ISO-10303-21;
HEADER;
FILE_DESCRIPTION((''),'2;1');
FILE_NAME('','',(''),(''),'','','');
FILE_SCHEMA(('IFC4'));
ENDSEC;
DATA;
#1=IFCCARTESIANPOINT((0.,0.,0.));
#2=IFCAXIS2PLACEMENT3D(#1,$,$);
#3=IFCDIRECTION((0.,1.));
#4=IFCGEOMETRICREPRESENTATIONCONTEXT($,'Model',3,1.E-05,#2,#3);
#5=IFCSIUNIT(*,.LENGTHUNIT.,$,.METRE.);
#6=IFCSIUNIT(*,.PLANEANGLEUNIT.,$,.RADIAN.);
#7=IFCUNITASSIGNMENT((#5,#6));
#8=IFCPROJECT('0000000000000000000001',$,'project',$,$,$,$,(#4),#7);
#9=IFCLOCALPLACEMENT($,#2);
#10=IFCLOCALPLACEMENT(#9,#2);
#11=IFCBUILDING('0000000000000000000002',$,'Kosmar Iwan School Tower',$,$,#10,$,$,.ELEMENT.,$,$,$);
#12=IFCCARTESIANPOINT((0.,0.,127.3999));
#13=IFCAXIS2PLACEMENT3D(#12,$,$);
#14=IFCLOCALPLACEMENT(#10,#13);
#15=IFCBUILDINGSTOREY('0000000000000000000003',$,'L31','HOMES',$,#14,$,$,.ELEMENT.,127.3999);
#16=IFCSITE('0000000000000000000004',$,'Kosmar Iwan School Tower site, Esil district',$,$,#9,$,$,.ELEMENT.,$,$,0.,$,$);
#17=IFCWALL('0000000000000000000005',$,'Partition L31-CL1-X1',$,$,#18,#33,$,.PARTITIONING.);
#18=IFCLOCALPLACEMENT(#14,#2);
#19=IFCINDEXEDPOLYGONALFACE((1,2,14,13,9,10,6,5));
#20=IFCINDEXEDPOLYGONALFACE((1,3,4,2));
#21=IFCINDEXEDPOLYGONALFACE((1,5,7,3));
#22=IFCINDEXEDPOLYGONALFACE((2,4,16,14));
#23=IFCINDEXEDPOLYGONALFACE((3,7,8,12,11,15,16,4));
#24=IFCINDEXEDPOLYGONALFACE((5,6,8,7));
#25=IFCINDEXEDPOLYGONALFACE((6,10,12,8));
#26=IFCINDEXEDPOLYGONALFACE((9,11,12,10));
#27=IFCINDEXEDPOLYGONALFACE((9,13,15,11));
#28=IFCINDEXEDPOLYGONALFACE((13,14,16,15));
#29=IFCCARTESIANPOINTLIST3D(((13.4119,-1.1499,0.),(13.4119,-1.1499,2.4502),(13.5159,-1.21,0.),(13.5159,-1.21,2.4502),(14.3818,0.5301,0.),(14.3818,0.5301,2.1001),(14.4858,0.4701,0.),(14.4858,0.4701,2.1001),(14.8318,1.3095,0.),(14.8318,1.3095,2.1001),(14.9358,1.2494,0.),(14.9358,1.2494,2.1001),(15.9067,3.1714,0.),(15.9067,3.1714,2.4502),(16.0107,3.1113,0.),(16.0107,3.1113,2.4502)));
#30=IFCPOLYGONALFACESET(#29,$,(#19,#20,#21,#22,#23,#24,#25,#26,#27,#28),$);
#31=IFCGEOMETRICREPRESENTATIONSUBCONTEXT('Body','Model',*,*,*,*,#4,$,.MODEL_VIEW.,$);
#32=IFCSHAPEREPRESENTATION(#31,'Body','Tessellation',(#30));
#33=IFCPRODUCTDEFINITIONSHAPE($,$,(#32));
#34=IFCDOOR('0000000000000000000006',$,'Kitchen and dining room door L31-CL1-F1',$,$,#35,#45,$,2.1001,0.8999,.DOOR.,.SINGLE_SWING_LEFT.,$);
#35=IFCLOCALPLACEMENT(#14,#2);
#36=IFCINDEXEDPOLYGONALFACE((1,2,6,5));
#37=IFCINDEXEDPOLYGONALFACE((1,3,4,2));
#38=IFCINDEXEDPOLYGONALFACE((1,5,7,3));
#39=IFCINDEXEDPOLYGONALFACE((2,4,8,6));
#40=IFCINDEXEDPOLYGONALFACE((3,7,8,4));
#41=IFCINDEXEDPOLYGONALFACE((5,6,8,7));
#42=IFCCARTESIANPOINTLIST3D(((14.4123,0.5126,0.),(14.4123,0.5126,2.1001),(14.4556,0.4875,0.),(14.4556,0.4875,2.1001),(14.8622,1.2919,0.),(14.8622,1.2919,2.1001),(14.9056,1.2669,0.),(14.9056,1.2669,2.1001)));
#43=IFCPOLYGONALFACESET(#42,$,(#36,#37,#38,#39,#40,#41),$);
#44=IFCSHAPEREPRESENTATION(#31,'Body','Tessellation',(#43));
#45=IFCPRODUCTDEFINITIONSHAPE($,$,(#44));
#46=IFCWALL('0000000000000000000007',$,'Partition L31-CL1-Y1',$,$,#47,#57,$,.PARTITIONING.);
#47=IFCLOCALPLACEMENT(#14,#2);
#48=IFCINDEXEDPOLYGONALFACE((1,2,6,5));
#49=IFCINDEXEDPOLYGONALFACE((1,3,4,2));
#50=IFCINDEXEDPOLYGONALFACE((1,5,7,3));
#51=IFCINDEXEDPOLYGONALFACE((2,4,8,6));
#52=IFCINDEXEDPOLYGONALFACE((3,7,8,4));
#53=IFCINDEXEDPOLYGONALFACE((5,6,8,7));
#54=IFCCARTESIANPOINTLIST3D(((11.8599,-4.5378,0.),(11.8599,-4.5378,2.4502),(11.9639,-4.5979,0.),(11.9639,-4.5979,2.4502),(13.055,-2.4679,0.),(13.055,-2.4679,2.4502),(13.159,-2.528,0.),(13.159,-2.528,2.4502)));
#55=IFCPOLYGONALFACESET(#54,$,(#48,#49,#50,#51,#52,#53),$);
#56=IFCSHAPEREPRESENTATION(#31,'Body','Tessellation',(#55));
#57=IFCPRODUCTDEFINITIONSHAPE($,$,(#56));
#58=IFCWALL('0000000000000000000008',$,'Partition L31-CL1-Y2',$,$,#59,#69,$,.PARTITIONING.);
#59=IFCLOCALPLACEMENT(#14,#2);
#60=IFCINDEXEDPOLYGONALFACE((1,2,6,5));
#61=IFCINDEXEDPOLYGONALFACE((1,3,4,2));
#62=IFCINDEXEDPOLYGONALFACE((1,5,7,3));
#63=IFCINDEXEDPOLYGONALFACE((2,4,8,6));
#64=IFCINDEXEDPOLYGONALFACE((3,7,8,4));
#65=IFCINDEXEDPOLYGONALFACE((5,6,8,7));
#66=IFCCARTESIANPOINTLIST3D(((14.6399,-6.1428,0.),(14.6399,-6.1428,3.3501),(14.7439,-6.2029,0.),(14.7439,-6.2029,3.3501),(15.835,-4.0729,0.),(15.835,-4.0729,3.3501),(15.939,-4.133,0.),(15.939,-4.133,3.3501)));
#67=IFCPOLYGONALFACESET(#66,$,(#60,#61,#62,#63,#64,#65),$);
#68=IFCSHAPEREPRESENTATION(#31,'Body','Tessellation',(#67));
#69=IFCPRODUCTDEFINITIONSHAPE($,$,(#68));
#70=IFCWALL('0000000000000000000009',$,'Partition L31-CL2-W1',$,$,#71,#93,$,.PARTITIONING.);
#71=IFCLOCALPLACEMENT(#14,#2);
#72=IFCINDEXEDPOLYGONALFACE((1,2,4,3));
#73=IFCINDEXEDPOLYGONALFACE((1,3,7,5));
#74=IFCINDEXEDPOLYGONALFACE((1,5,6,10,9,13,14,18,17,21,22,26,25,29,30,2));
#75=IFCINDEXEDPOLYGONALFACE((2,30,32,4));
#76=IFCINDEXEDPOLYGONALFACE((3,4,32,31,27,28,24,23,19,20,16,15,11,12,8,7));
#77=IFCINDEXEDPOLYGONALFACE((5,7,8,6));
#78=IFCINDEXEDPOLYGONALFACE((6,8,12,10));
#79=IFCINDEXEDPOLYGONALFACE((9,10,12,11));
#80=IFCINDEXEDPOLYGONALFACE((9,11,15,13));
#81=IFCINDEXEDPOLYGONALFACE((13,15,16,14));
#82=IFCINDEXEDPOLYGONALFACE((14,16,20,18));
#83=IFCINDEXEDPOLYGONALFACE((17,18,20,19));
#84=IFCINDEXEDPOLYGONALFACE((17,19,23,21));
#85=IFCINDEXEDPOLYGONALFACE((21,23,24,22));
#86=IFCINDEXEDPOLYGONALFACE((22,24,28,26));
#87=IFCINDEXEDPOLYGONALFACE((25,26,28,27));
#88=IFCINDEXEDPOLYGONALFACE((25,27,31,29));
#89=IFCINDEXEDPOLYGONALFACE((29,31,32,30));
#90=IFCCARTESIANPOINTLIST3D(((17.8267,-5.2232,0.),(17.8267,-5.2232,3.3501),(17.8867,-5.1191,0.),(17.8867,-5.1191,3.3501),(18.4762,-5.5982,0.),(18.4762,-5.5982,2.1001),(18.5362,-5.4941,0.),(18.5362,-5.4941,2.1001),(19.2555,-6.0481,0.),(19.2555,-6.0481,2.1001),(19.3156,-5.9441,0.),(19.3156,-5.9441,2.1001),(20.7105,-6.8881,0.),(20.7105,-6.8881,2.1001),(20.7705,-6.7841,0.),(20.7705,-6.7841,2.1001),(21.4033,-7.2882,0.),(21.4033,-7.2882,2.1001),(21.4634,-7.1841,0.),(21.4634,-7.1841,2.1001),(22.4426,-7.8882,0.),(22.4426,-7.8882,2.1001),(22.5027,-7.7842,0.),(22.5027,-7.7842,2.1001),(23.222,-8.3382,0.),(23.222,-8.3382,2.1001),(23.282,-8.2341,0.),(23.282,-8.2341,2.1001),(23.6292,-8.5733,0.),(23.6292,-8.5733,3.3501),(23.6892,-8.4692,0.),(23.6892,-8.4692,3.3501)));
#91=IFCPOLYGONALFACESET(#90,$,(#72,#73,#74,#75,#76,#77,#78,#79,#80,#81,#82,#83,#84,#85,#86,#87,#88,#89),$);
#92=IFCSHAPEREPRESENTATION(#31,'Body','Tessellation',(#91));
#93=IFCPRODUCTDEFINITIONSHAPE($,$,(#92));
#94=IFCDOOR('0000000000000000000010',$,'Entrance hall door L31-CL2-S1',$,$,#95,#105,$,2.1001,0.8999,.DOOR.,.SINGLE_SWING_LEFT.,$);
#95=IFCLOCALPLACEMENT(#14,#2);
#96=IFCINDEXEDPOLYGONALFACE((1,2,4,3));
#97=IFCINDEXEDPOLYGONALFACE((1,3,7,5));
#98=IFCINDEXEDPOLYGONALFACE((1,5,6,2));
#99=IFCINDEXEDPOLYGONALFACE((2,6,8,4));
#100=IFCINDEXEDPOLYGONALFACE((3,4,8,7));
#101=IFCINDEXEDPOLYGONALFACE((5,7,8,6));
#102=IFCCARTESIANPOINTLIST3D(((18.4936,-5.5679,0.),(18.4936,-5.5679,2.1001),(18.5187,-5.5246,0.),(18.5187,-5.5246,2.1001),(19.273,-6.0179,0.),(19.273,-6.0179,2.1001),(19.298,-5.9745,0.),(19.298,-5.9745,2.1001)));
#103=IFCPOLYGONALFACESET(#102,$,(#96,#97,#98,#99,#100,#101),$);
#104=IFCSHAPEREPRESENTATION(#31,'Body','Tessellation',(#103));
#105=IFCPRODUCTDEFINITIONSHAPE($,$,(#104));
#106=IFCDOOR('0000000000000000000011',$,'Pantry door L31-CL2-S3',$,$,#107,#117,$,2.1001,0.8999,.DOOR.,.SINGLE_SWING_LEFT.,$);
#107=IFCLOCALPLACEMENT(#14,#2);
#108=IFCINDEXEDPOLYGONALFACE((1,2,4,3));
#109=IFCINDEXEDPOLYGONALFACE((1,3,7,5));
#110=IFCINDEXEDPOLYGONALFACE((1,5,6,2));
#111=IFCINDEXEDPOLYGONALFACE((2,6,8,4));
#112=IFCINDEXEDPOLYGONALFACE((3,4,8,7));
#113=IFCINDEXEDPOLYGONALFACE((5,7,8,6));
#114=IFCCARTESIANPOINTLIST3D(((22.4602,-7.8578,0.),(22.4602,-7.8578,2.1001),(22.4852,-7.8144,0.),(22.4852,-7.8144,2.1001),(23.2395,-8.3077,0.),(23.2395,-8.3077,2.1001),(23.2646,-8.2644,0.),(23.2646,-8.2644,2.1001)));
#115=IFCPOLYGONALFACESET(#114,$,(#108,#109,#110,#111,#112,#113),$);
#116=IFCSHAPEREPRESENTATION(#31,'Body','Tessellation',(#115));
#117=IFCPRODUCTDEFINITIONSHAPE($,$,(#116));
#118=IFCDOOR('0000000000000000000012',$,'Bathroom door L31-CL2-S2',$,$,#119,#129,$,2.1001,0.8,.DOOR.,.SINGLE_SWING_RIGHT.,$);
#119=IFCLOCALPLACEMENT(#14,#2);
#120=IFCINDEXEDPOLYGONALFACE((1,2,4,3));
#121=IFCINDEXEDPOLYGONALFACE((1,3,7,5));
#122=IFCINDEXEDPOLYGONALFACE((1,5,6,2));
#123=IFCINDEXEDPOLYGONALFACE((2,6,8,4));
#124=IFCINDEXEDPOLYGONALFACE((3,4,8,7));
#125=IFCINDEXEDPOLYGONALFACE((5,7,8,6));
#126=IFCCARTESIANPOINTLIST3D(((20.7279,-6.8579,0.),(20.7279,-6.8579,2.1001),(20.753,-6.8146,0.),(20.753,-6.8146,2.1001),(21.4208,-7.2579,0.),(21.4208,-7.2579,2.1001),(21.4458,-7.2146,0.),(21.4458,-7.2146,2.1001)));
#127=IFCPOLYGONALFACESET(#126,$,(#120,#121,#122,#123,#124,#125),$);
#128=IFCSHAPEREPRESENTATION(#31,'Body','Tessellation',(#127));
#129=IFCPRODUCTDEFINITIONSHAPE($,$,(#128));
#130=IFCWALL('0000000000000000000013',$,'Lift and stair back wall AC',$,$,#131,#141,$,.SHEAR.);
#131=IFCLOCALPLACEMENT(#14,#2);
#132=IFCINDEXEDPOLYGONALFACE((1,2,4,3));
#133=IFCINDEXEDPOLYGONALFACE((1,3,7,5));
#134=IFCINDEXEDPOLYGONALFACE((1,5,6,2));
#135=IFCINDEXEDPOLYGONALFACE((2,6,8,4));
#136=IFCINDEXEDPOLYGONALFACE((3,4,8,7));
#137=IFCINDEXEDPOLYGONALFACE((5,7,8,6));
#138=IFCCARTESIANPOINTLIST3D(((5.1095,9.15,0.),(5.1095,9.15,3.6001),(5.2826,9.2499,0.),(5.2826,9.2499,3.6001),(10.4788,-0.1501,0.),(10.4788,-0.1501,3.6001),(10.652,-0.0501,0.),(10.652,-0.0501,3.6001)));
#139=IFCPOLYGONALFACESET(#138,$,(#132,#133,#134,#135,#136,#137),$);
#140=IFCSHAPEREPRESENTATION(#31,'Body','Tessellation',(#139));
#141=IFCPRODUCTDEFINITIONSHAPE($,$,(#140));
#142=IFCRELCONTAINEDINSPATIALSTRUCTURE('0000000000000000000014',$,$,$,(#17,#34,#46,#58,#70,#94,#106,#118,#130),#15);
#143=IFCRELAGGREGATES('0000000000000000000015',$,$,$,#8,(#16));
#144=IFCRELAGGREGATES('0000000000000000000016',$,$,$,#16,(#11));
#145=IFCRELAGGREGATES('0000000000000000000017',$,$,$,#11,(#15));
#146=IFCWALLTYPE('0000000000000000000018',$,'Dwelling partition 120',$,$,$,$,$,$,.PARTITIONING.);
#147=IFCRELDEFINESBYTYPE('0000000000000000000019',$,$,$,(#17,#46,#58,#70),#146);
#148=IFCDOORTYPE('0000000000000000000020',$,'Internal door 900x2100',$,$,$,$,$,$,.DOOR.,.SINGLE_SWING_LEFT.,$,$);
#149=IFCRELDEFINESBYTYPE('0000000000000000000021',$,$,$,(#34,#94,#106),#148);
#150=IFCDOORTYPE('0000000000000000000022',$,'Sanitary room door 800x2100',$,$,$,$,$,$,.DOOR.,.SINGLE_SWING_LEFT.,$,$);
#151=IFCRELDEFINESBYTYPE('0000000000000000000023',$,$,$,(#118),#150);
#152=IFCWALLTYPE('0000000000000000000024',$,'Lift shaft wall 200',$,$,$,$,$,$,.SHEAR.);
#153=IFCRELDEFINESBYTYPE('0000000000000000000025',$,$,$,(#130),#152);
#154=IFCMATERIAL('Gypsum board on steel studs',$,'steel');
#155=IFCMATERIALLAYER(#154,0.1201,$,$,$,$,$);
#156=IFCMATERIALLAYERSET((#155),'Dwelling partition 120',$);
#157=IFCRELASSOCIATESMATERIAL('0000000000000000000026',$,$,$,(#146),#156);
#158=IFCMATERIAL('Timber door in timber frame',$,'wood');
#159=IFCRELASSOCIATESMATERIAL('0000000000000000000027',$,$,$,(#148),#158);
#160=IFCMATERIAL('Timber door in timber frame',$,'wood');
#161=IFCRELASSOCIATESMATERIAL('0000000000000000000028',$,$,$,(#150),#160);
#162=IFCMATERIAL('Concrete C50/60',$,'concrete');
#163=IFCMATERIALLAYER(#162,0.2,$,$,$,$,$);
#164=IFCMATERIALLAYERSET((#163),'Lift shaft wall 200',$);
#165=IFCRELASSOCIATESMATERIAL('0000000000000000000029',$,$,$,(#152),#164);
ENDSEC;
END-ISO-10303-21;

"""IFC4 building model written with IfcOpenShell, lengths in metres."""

from ifc_helpers import new_model, si_unit, direction, frame, frame_2d, origin, place, context, subcontext, project, spatial, rectangle, extrude, material, layer, layer_set, type_object, element, fill, save


model = new_model("IFC4")

# Units and contexts
model_context = context("Model", 3, precision=1e-05, world=origin(), true_north=direction((0.0, 1.0)))
body_context = subcontext(model_context, "Body", "Model", "MODEL_VIEW")
ifc_project = project(units=[si_unit("LENGTHUNIT", "METRE"), si_unit("PLANEANGLEUNIT", "RADIAN")], contexts=[model_context])

# Site, building, storey
site_placement = place(None, origin())
site = spatial("IfcSite", under=ifc_project, at=site_placement, Name="Kosmar Iwan School Tower site, Esil district", CompositionType="ELEMENT", RefElevation=0.0)
building_placement = place(site_placement, origin())
building = spatial("IfcBuilding", under=site, at=building_placement, Name="Kosmar Iwan School Tower", CompositionType="ELEMENT")
storey_placement = place(building_placement, frame((0.0, 0.0, 127.3999)))
storey = spatial("IfcBuildingStorey", under=building, at=storey_placement, Name="L31", Description="HOMES", CompositionType="ELEMENT", Elevation=127.3999)

# Shared definitions
ifc_material_1 = material(Name="Gypsum board on steel studs", Category="steel")
ifc_layer_1 = layer(ifc_material_1, 0.1201)
ifc_layer_set_1 = layer_set([ifc_layer_1], Name="Dwelling partition 120")
wall_type_1 = type_object("IfcWallType", Name="Dwelling partition 120", PredefinedType="PARTITIONING", material=ifc_layer_set_1)
ifc_material_2 = material(Name="Timber door in timber frame", Category="wood")
door_type_1 = type_object("IfcDoorType", Name="Internal door 900x2100", OperationType="SINGLE_SWING_LEFT", PredefinedType="DOOR", material=ifc_material_2)
ifc_material_3 = material(Name="Timber door in timber frame", Category="wood")
door_type_2 = type_object("IfcDoorType", Name="Sanitary room door 800x2100", OperationType="SINGLE_SWING_LEFT", PredefinedType="DOOR", material=ifc_material_3)

# Wall, opening, door
wall_1_placement = place(storey_placement, frame((13.4639, -1.1799, 0.0), z_axis=(0.0, 0.0, 1.0), x_axis=(0.499996, 0.866028, 0.0)))
wall_1 = element("IfcWall", 1, at=wall_1_placement, inside=storey, type_object=wall_type_1, Name="Partition L31-CL1-X1", PredefinedType="PARTITIONING", context=body_context, shape_type="SweptSolid", body=[
    extrude(rectangle(XDim=4.9897, YDim=0.1201, at=frame_2d((2.4949, 0.0))), origin(), (0.0, 0.0, 1.0), 2.4502),
])
opening_1_placement = place(wall_1_placement, frame((1.9399, 0.0, 0.0)))
opening_1 = element("IfcOpeningElement", 2, at=opening_1_placement, cuts=wall_1, PredefinedType="OPENING", context=body_context, shape_type="SweptSolid", body=[
    extrude(rectangle(XDim=0.8999, YDim=2.1001, at=frame_2d((0.45, 1.05))), frame((0.0, 0.072, 0.0), z_axis=(0.0, -1.0, 0.0), x_axis=(1.0, 0.0, 0.0)), (0.0, 0.0, 1.0), 0.144),
])
door_1_placement = place(opening_1_placement, origin())
door_1 = element("IfcDoor", 3, at=door_1_placement, inside=storey, type_object=door_type_1, Name="Kitchen and dining room door L31-CL1-F1", OperationType="SINGLE_SWING_LEFT", OverallHeight=2.1001, OverallWidth=0.8999, PredefinedType="DOOR", context=body_context, shape_type="SweptSolid", body=[
    extrude(rectangle(XDim=0.8999, YDim=2.1001, at=frame_2d((0.45, 1.05))), frame((0.0, 0.0249, 0.0), z_axis=(0.0, -1.0, 0.0), x_axis=(1.0, 0.0, 0.0)), (0.0, 0.0, 1.0), 0.05),
])
fill(opening_1, door_1)

# Walls
wall_2_placement = place(storey_placement, frame((11.9119, -4.5679, 0.0), z_axis=(0.0, 0.0, 1.0), x_axis=(0.500017, 0.866015, 0.0)))
element("IfcWall", 4, at=wall_2_placement, inside=storey, type_object=wall_type_1, Name="Partition L31-CL1-Y1", PredefinedType="PARTITIONING", context=body_context, shape_type="SweptSolid", body=[
    extrude(rectangle(XDim=2.3901, YDim=0.1201, at=frame_2d((1.1951, 0.0))), origin(), (0.0, 0.0, 1.0), 2.4502),
])
wall_3_placement = place(storey_placement, frame((14.6919, -6.1729, 0.0), z_axis=(0.0, 0.0, 1.0), x_axis=(0.500017, 0.866015, 0.0)))
element("IfcWall", 5, at=wall_3_placement, inside=storey, type_object=wall_type_1, Name="Partition L31-CL1-Y2", PredefinedType="PARTITIONING", context=body_context, shape_type="SweptSolid", body=[
    extrude(rectangle(XDim=2.3901, YDim=0.1201, at=frame_2d((1.1951, 0.0))), origin(), (0.0, 0.0, 1.0), 3.3501),
])

# Wall, openings, doors
wall_4_placement = place(storey_placement, frame((17.8567, -5.1711, 0.0), z_axis=(0.0, 0.0, 1.0), x_axis=(0.866024, -0.500003, 0.0)))
wall_4 = element("IfcWall", 6, at=wall_4_placement, inside=storey, type_object=wall_type_1, Name="Partition L31-CL2-W1", PredefinedType="PARTITIONING", context=body_context, shape_type="SweptSolid", body=[
    extrude(rectangle(XDim=6.7002, YDim=0.1201, at=frame_2d((3.3501, 0.0))), origin(), (0.0, 0.0, 1.0), 3.3501),
])
opening_2_placement = place(wall_4_placement, frame((0.75, 0.0, 0.0)))
opening_2 = element("IfcOpeningElement", 7, at=opening_2_placement, cuts=wall_4, PredefinedType="OPENING", context=body_context, shape_type="SweptSolid", body=[
    extrude(rectangle(XDim=0.8999, YDim=2.1001, at=frame_2d((0.45, 1.05))), frame((0.0, 0.072, 0.0), z_axis=(0.0, -1.0, 0.0), x_axis=(1.0, 0.0, 0.0)), (0.0, 0.0, 1.0), 0.144),
])
opening_3_placement = place(wall_4_placement, frame((3.3301, 0.0, 0.0)))
opening_3 = element("IfcOpeningElement", 8, at=opening_3_placement, cuts=wall_4, PredefinedType="OPENING", context=body_context, shape_type="SweptSolid", body=[
    extrude(rectangle(XDim=0.8, YDim=2.1001, at=frame_2d((0.3999, 1.05))), frame((0.0, 0.072, 0.0), z_axis=(0.0, -1.0, 0.0), x_axis=(1.0, 0.0, 0.0)), (0.0, 0.0, 1.0), 0.144),
])
opening_4_placement = place(wall_4_placement, frame((5.3301, 0.0, 0.0)))
opening_4 = element("IfcOpeningElement", 9, at=opening_4_placement, cuts=wall_4, PredefinedType="OPENING", context=body_context, shape_type="SweptSolid", body=[
    extrude(rectangle(XDim=0.8999, YDim=2.1001, at=frame_2d((0.45, 1.05))), frame((0.0, 0.072, 0.0), z_axis=(0.0, -1.0, 0.0), x_axis=(1.0, 0.0, 0.0)), (0.0, 0.0, 1.0), 0.144),
])
door_2_placement = place(opening_2_placement, origin())
door_2 = element("IfcDoor", 10, at=door_2_placement, inside=storey, type_object=door_type_1, Name="Entrance hall door L31-CL2-S1", OperationType="SINGLE_SWING_LEFT", OverallHeight=2.1001, OverallWidth=0.8999, PredefinedType="DOOR", context=body_context, shape_type="SweptSolid", body=[
    extrude(rectangle(XDim=0.8999, YDim=2.1001, at=frame_2d((0.45, 1.05))), frame((0.0, 0.0249, 0.0), z_axis=(0.0, -1.0, 0.0), x_axis=(1.0, 0.0, 0.0)), (0.0, 0.0, 1.0), 0.05),
])
fill(opening_2, door_2)
door_3_placement = place(opening_4_placement, frame((0.8999, 0.0, 0.0), z_axis=(0.0, 0.0, 1.0), x_axis=(-1.0, 0.0, 0.0)))
door_3 = element("IfcDoor", 11, at=door_3_placement, inside=storey, type_object=door_type_1, Name="Pantry door L31-CL2-S3", OperationType="SINGLE_SWING_LEFT", OverallHeight=2.1001, OverallWidth=0.8999, PredefinedType="DOOR", context=body_context, shape_type="SweptSolid", body=[
    extrude(rectangle(XDim=0.8999, YDim=2.1001, at=frame_2d((0.45, 1.05))), frame((0.0, 0.0249, 0.0), z_axis=(0.0, -1.0, 0.0), x_axis=(1.0, 0.0, 0.0)), (0.0, 0.0, 1.0), 0.05),
])
fill(opening_4, door_3)
door_4_placement = place(opening_3_placement, origin())
door_4 = element("IfcDoor", 12, at=door_4_placement, inside=storey, type_object=door_type_2, Name="Bathroom door L31-CL2-S2", OperationType="SINGLE_SWING_RIGHT", OverallHeight=2.1001, OverallWidth=0.8, PredefinedType="DOOR", context=body_context, shape_type="SweptSolid", body=[
    extrude(rectangle(XDim=0.8, YDim=2.1001, at=frame_2d((0.3999, 1.05))), frame((0.0, 0.0249, 0.0), z_axis=(0.0, -1.0, 0.0), x_axis=(1.0, 0.0, 0.0)), (0.0, 0.0, 1.0), 0.05),
])
fill(opening_3, door_4)

# Wall
ifc_material_4 = material(Name="Concrete C50/60", Category="concrete")
ifc_layer_2 = layer(ifc_material_4, 0.2)
ifc_layer_set_2 = layer_set([ifc_layer_2], Name="Lift shaft wall 200")
wall_type_2 = type_object("IfcWallType", Name="Lift shaft wall 200", PredefinedType="SHEAR", material=ifc_layer_set_2)
wall_5_placement = place(storey_placement, frame((10.5654, -0.1001, 0.0), z_axis=(0.0, 0.0, 1.0), x_axis=(-0.5, 0.866025, 0.0)))
element("IfcWall", 13, at=wall_5_placement, inside=storey, type_object=wall_type_2, Name="Lift and stair back wall AC", PredefinedType="SHEAR", context=body_context, shape_type="SweptSolid", body=[
    extrude(rectangle(XDim=10.7388, YDim=0.2, at=frame_2d((5.3694, 0.0))), origin(), (0.0, 0.0, 1.0), 3.6001),
])

save(model, "model.ifc")
